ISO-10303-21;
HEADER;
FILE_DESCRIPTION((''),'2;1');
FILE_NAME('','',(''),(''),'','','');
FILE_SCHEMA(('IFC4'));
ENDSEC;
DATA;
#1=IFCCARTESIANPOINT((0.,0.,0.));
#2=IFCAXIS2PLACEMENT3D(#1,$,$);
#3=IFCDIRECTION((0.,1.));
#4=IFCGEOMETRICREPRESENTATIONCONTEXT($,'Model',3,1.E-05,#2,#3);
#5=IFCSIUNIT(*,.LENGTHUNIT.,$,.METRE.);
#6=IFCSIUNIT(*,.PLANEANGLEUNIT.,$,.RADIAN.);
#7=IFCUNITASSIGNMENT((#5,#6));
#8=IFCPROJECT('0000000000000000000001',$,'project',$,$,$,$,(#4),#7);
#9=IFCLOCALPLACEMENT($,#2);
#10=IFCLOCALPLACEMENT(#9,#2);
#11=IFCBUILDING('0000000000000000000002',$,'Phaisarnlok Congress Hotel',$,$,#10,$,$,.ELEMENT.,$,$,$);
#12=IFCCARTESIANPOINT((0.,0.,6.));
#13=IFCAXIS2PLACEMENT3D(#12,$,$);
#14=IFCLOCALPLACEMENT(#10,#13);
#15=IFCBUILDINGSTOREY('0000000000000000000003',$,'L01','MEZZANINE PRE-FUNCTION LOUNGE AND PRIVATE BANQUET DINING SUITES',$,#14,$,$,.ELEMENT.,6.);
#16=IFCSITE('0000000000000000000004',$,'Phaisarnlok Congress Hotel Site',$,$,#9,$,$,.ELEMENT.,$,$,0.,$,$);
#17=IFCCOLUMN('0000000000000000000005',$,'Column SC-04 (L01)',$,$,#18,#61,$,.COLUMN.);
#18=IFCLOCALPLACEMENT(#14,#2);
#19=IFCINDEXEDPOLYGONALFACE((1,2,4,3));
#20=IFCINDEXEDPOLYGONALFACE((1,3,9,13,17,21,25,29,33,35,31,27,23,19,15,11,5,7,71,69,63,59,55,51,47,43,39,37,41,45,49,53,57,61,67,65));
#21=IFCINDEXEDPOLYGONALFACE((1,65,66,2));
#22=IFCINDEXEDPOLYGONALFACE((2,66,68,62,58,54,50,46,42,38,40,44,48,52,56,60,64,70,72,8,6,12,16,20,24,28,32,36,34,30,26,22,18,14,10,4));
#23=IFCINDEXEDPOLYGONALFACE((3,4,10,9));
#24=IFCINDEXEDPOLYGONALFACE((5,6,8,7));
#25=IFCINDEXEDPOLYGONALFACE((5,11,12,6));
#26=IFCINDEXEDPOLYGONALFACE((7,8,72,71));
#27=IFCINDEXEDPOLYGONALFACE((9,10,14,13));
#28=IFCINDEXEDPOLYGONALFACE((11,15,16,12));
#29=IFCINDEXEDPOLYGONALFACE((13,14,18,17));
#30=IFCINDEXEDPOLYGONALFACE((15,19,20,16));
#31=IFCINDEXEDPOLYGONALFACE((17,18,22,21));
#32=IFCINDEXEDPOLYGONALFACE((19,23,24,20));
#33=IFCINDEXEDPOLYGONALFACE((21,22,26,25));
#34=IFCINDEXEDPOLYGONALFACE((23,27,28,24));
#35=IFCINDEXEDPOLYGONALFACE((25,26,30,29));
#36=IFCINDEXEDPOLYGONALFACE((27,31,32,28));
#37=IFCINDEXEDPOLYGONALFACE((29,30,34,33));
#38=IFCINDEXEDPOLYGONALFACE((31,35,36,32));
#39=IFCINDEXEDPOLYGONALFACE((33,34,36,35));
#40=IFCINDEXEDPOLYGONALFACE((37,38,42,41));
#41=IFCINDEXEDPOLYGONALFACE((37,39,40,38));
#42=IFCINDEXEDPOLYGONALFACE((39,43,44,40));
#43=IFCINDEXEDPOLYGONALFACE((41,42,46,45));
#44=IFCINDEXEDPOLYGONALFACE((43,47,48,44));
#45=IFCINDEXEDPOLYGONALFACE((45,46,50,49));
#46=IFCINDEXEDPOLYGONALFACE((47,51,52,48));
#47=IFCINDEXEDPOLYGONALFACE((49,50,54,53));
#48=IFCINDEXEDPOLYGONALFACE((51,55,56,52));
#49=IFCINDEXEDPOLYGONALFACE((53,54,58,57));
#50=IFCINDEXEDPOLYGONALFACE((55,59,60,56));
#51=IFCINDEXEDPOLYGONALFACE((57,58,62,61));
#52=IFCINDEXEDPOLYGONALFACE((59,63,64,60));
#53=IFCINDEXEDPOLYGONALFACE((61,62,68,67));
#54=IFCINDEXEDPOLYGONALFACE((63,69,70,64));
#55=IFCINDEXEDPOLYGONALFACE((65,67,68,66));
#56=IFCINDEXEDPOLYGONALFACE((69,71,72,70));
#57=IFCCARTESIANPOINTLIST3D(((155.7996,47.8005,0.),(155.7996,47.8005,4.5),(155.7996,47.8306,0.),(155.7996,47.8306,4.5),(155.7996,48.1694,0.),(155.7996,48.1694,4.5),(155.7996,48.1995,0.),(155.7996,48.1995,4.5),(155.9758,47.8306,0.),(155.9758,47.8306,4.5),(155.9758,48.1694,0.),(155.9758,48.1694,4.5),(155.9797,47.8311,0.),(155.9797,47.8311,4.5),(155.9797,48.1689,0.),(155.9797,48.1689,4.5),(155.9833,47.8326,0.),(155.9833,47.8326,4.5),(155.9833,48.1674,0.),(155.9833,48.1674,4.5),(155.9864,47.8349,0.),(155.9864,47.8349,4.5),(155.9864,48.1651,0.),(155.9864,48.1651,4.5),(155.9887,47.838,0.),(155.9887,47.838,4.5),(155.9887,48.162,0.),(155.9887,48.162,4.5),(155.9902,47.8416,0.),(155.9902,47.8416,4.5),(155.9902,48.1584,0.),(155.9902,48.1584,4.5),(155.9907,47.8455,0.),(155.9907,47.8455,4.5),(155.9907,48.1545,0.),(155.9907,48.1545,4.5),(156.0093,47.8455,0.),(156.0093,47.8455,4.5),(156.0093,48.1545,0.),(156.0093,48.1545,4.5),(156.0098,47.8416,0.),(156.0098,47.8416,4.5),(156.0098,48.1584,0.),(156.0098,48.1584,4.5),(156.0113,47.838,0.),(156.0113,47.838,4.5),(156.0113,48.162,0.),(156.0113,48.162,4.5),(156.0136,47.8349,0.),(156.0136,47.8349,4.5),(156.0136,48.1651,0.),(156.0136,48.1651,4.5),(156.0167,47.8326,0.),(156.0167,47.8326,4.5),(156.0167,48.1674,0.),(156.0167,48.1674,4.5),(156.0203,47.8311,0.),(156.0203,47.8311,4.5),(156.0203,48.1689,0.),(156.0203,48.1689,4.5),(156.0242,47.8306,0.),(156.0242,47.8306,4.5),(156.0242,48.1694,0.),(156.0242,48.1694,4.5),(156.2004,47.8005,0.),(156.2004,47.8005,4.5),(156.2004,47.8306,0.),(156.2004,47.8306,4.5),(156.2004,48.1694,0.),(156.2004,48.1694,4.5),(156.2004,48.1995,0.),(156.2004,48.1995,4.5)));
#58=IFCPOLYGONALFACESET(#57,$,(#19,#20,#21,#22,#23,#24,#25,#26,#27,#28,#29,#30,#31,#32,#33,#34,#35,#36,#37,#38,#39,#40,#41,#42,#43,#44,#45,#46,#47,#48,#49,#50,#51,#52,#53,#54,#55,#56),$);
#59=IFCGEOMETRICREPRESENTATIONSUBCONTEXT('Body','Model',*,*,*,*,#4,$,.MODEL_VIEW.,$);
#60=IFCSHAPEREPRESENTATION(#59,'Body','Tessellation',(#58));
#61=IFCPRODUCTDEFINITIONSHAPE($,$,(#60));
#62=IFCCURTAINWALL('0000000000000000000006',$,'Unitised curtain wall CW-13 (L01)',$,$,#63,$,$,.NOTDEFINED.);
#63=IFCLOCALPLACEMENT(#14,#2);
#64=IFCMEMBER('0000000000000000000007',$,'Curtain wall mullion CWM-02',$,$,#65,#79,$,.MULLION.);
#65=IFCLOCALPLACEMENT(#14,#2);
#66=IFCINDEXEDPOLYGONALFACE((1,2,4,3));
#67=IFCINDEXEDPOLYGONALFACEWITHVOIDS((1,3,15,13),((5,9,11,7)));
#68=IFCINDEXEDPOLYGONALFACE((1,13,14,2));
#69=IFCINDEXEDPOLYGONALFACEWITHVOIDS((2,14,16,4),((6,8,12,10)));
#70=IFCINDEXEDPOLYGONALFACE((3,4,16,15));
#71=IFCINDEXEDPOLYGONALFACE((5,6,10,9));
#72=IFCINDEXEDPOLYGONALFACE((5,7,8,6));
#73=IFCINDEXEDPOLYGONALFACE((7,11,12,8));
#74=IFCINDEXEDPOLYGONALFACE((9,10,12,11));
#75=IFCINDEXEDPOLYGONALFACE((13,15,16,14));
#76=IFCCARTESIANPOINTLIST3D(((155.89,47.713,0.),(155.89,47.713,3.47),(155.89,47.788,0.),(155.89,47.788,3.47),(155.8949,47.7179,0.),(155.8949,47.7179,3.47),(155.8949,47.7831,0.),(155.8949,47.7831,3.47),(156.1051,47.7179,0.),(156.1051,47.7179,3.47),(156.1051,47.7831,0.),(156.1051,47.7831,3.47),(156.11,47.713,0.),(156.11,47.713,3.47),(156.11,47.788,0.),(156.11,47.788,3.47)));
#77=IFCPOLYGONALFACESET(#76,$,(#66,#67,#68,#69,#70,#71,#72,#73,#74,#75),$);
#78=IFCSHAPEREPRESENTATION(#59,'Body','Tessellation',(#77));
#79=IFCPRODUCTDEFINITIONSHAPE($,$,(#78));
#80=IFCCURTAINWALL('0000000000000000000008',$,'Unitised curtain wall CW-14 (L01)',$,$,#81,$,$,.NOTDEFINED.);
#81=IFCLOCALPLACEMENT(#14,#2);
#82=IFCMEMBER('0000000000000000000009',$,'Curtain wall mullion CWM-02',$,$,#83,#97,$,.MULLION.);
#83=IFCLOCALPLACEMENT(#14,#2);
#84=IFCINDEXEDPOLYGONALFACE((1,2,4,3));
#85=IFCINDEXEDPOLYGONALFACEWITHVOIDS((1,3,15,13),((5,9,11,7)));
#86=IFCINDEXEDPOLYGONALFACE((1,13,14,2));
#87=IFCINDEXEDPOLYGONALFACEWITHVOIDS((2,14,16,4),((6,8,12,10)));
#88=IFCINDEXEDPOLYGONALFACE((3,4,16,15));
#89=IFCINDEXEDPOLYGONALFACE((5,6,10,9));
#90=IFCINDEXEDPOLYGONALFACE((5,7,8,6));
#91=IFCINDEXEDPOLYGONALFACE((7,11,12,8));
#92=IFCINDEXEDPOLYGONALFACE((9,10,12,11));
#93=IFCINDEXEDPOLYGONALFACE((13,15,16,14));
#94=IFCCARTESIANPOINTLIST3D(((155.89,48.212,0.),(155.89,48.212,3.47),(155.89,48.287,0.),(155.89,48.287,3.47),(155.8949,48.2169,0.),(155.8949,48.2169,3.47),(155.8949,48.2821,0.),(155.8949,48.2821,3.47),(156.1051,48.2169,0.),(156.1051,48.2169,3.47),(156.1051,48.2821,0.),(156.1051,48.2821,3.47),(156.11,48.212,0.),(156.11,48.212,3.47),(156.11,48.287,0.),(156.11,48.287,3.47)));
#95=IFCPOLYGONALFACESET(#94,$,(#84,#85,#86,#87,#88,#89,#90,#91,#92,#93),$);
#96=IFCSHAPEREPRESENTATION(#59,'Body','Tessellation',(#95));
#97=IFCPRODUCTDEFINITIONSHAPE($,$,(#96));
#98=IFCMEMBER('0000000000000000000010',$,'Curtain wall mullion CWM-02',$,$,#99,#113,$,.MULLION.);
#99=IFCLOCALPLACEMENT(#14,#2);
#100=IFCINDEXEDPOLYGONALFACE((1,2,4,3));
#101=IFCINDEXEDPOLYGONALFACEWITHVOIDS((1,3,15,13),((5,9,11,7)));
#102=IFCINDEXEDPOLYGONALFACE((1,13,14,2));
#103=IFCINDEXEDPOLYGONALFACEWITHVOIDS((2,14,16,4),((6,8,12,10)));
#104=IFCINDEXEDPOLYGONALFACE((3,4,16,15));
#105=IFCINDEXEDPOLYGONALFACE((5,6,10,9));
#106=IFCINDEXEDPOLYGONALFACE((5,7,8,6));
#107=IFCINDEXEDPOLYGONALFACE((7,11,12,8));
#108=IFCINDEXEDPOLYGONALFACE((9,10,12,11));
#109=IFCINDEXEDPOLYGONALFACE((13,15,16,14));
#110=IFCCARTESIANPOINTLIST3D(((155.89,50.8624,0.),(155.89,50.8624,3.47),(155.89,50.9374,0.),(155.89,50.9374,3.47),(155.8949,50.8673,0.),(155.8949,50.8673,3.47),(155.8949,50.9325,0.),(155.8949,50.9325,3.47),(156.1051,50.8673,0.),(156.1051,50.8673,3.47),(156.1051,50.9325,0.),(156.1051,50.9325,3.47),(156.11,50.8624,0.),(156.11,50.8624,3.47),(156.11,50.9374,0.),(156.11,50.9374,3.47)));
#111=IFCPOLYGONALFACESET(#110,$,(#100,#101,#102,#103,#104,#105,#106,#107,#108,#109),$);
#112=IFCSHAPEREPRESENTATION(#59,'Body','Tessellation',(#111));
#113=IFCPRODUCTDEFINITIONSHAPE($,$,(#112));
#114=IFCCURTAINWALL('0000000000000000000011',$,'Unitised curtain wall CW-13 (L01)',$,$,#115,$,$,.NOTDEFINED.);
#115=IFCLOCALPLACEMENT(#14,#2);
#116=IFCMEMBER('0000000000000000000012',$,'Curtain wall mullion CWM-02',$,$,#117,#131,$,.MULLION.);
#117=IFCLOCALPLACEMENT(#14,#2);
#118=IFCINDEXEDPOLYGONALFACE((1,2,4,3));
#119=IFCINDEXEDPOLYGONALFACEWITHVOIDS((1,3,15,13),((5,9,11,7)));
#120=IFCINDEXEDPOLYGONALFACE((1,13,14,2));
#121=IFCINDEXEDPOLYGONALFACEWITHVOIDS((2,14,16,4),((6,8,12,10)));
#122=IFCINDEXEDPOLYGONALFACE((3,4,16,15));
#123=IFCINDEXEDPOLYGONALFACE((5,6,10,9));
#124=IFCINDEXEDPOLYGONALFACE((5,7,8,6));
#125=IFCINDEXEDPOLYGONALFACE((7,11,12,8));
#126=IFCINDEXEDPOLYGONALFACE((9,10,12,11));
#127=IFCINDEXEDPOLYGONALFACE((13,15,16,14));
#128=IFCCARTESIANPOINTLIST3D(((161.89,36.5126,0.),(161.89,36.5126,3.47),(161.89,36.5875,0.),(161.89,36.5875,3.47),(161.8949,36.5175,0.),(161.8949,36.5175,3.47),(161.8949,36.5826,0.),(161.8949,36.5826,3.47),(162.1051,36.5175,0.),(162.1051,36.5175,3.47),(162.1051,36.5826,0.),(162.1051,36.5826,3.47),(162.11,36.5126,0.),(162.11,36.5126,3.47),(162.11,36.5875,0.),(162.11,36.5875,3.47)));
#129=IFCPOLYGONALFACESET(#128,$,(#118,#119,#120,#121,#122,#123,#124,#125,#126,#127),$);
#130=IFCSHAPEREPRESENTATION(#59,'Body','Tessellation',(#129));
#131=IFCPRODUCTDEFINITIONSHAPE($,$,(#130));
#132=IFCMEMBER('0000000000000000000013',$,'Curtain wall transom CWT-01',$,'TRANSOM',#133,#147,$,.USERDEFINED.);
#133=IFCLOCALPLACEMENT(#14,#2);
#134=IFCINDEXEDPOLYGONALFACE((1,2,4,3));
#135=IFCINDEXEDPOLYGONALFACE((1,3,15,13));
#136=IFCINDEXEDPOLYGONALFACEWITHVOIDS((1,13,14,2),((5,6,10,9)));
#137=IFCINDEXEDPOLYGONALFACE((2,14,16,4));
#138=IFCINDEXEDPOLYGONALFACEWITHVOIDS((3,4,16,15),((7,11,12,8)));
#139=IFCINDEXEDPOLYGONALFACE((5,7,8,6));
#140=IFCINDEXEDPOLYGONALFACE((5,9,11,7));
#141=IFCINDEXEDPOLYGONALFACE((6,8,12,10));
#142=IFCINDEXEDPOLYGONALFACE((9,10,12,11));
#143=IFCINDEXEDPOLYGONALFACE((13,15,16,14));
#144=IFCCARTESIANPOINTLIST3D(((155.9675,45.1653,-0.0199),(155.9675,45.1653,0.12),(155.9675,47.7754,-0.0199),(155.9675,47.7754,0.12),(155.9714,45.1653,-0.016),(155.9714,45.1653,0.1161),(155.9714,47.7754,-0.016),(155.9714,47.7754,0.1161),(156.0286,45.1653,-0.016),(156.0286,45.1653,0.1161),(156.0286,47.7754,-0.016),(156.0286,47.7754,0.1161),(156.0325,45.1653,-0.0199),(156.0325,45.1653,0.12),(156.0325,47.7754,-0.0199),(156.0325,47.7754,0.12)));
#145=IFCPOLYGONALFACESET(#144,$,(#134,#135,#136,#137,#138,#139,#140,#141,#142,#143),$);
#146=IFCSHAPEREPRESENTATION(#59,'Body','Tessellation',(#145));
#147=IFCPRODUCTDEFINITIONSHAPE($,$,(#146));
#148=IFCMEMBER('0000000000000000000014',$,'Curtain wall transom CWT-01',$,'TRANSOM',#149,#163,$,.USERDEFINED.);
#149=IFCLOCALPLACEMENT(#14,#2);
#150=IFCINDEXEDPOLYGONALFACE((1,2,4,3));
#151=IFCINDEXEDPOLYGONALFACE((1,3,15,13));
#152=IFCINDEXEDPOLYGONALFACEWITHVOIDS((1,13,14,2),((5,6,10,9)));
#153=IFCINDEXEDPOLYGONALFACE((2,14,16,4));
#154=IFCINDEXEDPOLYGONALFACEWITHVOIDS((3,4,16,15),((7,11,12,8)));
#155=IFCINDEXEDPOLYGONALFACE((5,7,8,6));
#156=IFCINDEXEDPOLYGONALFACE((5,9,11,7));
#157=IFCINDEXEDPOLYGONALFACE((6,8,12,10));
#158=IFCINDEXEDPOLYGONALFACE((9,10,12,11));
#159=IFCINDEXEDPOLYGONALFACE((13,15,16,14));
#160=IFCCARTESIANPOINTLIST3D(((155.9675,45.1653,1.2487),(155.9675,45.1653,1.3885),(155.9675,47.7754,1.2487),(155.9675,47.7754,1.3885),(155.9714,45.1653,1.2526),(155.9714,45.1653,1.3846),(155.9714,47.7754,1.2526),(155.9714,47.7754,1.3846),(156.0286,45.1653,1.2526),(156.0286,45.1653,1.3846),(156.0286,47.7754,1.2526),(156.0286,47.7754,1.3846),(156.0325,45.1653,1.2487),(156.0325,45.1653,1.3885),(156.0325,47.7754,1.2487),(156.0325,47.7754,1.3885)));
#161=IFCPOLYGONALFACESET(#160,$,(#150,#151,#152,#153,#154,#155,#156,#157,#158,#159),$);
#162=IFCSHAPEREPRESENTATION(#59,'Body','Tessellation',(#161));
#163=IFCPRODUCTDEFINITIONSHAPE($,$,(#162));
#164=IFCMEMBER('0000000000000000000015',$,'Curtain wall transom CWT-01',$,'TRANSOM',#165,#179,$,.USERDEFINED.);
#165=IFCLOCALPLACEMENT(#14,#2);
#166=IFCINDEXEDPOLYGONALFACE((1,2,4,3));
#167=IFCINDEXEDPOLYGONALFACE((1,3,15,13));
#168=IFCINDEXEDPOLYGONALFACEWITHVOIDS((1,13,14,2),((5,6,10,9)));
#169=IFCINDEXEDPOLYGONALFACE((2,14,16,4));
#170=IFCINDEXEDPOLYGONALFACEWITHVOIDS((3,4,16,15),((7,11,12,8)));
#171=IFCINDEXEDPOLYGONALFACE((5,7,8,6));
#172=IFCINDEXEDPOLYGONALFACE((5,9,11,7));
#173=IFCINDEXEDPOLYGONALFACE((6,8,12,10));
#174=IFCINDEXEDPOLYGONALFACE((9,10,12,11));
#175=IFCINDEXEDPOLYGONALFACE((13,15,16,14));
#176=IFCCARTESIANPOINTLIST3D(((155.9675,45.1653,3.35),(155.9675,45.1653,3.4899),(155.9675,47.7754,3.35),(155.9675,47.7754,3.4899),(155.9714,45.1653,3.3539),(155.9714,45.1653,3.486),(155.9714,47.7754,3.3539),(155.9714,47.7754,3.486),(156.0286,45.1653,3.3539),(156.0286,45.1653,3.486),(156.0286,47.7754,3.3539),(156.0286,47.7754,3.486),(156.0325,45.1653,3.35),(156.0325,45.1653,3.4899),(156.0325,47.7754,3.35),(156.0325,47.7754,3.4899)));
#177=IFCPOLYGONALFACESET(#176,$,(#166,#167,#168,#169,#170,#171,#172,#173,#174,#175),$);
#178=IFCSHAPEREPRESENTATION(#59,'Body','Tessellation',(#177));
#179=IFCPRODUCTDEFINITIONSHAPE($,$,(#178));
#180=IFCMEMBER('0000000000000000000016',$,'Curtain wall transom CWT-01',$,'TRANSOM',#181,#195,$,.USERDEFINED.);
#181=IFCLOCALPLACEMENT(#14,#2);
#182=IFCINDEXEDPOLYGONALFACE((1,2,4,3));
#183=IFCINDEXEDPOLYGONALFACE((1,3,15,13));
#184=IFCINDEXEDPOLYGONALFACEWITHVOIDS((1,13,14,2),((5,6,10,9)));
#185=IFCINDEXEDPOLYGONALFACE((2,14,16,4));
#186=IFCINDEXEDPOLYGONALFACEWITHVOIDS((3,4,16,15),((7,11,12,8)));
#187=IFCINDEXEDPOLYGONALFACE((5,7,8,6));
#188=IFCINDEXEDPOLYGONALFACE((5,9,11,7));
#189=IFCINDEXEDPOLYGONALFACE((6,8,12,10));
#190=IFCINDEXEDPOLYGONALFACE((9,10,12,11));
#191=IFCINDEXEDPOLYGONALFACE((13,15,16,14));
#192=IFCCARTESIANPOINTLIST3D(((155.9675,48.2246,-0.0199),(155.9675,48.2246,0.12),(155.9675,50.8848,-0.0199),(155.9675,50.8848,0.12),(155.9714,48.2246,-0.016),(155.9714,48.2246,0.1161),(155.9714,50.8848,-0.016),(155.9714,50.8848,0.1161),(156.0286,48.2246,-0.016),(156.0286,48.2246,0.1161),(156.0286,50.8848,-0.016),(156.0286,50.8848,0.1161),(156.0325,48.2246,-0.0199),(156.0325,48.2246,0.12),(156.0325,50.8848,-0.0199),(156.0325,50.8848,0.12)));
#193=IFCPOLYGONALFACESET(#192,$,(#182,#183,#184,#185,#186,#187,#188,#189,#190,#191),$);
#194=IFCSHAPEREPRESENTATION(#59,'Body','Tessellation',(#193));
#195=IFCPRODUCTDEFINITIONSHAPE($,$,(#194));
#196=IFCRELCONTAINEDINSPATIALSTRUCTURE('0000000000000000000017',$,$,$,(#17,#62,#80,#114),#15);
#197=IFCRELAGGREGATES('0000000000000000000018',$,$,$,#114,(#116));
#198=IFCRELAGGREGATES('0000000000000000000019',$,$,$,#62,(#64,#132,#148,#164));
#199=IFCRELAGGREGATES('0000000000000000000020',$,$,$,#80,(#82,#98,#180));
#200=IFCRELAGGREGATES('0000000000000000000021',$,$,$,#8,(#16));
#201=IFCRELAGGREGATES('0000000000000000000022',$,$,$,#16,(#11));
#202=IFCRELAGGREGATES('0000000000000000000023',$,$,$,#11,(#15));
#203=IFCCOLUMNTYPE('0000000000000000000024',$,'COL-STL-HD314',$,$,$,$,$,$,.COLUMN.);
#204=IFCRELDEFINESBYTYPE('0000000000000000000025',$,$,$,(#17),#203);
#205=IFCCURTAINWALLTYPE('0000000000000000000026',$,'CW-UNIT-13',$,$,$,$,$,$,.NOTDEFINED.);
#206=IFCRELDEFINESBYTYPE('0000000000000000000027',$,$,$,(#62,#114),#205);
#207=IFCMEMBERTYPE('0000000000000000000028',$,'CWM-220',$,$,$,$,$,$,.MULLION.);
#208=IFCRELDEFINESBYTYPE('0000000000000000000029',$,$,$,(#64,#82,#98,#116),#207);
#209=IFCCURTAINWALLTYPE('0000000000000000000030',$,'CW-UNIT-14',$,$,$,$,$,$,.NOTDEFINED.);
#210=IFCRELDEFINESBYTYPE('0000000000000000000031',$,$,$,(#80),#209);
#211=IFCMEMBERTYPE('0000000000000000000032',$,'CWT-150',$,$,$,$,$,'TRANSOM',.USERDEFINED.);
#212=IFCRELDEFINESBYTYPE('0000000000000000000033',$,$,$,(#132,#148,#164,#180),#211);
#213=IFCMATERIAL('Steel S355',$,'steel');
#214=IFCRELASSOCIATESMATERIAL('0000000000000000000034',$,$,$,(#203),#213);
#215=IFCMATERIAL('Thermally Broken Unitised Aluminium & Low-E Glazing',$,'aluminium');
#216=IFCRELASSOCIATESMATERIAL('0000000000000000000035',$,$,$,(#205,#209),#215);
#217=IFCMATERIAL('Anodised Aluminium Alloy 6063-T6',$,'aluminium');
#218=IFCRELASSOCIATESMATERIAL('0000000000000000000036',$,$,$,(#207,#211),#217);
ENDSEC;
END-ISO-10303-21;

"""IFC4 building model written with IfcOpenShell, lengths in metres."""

from ifc_helpers import new_model, si_unit, direction, frame, origin, origin_2d, place, context, subcontext, project, spatial, hollow_rectangle, i_section, extrude, material, material_profile, profile_set, type_object, element, aggregate, save


model = new_model("IFC4")

# Units and contexts
model_context = context("Model", 3, precision=1e-05, world=origin(), true_north=direction((0.0, 1.0)))
body_context = subcontext(model_context, "Body", "Model", "MODEL_VIEW")
ifc_project = project(units=[si_unit("LENGTHUNIT", "METRE"), si_unit("PLANEANGLEUNIT", "RADIAN")], contexts=[model_context])

# Site, building, storey
site_placement = place(None, origin())
site = spatial("IfcSite", under=ifc_project, at=site_placement, Name="Phaisarnlok Congress Hotel Site", CompositionType="ELEMENT", RefElevation=0.0)
building_placement = place(site_placement, origin())
building = spatial("IfcBuilding", under=site, at=building_placement, Name="Phaisarnlok Congress Hotel", CompositionType="ELEMENT")
storey_placement = place(building_placement, frame((0.0, 0.0, 6.0)))
storey = spatial("IfcBuildingStorey", under=building, at=storey_placement, Name="L01", Description="MEZZANINE PRE-FUNCTION LOUNGE AND PRIVATE BANQUET DINING SUITES", CompositionType="ELEMENT", Elevation=6.0)

# Column
ifc_material_1 = material(Name="Steel S355", Category="steel")
ifc_material_profile_1 = material_profile(ifc_material_1, i_section(OverallWidth=0.4009, OverallDepth=0.3989, WebThickness=0.0186, FlangeThickness=0.03, FilletRadius=0.0149, at=origin_2d()), Name="HD 400x314")
ifc_profile_set_1 = profile_set([ifc_material_profile_1], Name="Steel S355")
column_type = type_object("IfcColumnType", Name="COL-STL-HD314", PredefinedType="COLUMN", material=ifc_profile_set_1)
column_placement = place(storey_placement, frame((156.0, 48.0, 0.0), z_axis=(0.0, 0.0, 1.0), x_axis=(1.0, 0.0, 0.0)))
element("IfcColumn", 1, at=column_placement, inside=storey, type_object=column_type, Name="Column SC-04 (L01)", PredefinedType="COLUMN", context=body_context, shape_type="SweptSolid", body=[
    extrude(i_section(OverallWidth=0.4009, OverallDepth=0.3989, WebThickness=0.0186, FlangeThickness=0.03, FilletRadius=0.0149, at=origin_2d()), origin(), (0.0, 0.0, 1.0), 4.5),
])

# Curtain wall, member
ifc_material_2 = material(Name="Thermally Broken Unitised Aluminium & Low-E Glazing", Category="aluminium")
curtain_wall_type_1 = type_object("IfcCurtainWallType", Name="CW-UNIT-13", PredefinedType="NOTDEFINED", material=ifc_material_2)
curtain_wall_1_placement = place(storey_placement, origin())
curtain_wall_1 = element("IfcCurtainWall", 2, at=curtain_wall_1_placement, inside=storey, type_object=curtain_wall_type_1, Name="Unitised curtain wall CW-13 (L01)", PredefinedType="NOTDEFINED")
ifc_material_3 = material(Name="Anodised Aluminium Alloy 6063-T6", Category="aluminium")
ifc_material_profile_2 = material_profile(ifc_material_3, hollow_rectangle(XDim=0.075, YDim=0.22, WallThickness=0.0049, at=origin_2d()), Name="ALU-M 75x220x5")
ifc_profile_set_2 = profile_set([ifc_material_profile_2], Name="Anodised Aluminium Alloy 6063-T6")
member_type_1 = type_object("IfcMemberType", Name="CWM-220", PredefinedType="MULLION", material=ifc_profile_set_2)
member_1_placement = place(storey_placement, frame((156.0, 47.7505, 0.0), z_axis=(0.0, 0.0, 1.0), x_axis=(0.0, 1.0, 0.0)))
member_1 = element("IfcMember", 3, at=member_1_placement, type_object=member_type_1, Name="Curtain wall mullion CWM-02", PredefinedType="MULLION", context=body_context, shape_type="SweptSolid", body=[
    extrude(hollow_rectangle(XDim=0.075, YDim=0.22, WallThickness=0.0049, at=origin_2d()), origin(), (0.0, 0.0, 1.0), 3.47),
])

# Curtain wall, members
curtain_wall_type_2 = type_object("IfcCurtainWallType", Name="CW-UNIT-14", PredefinedType="NOTDEFINED", material=ifc_material_2)
curtain_wall_2_placement = place(storey_placement, origin())
curtain_wall_2 = element("IfcCurtainWall", 4, at=curtain_wall_2_placement, inside=storey, type_object=curtain_wall_type_2, Name="Unitised curtain wall CW-14 (L01)", PredefinedType="NOTDEFINED")
member_2_placement = place(storey_placement, frame((156.0, 48.2495, 0.0), z_axis=(0.0, 0.0, 1.0), x_axis=(0.0, 1.0, 0.0)))
member_2 = element("IfcMember", 5, at=member_2_placement, type_object=member_type_1, Name="Curtain wall mullion CWM-02", PredefinedType="MULLION", context=body_context, shape_type="SweptSolid", body=[
    extrude(hollow_rectangle(XDim=0.075, YDim=0.22, WallThickness=0.0049, at=origin_2d()), origin(), (0.0, 0.0, 1.0), 3.47),
])
member_3_placement = place(storey_placement, frame((156.0, 50.8999, 0.0), z_axis=(0.0, 0.0, 1.0), x_axis=(0.0, 1.0, 0.0)))
member_3 = element("IfcMember", 6, at=member_3_placement, type_object=member_type_1, Name="Curtain wall mullion CWM-02", PredefinedType="MULLION", context=body_context, shape_type="SweptSolid", body=[
    extrude(hollow_rectangle(XDim=0.075, YDim=0.22, WallThickness=0.0049, at=origin_2d()), origin(), (0.0, 0.0, 1.0), 3.47),
])

# Curtain wall, member
curtain_wall_3_placement = place(storey_placement, origin())
curtain_wall_3 = element("IfcCurtainWall", 7, at=curtain_wall_3_placement, inside=storey, type_object=curtain_wall_type_1, Name="Unitised curtain wall CW-13 (L01)", PredefinedType="NOTDEFINED")
member_4_placement = place(storey_placement, frame((162.0, 36.55, 0.0), z_axis=(0.0, 0.0, 1.0), x_axis=(0.0, -1.0, 0.0)))
member_4 = element("IfcMember", 8, at=member_4_placement, type_object=member_type_1, Name="Curtain wall mullion CWM-02", PredefinedType="MULLION", context=body_context, shape_type="SweptSolid", body=[
    extrude(hollow_rectangle(XDim=0.075, YDim=0.22, WallThickness=0.0049, at=origin_2d()), origin(), (0.0, 0.0, 1.0), 3.47),
])

# Members
ifc_material_profile_3 = material_profile(ifc_material_3, hollow_rectangle(XDim=0.0649, YDim=0.1399, WallThickness=0.0039, at=origin_2d()), Name="ALU-T 65x140x4")
ifc_profile_set_3 = profile_set([ifc_material_profile_3], Name="Anodised Aluminium Alloy 6063-T6")
member_type_2 = type_object("IfcMemberType", Name="CWT-150", ElementType="TRANSOM", PredefinedType="USERDEFINED", material=ifc_profile_set_3)
member_5_placement = place(storey_placement, frame((156.0, 45.1653, 0.05), z_axis=(0.0, 1.0, 0.0), x_axis=(-1.0, 0.0, 0.0)))
member_5 = element("IfcMember", 9, at=member_5_placement, type_object=member_type_2, Name="Curtain wall transom CWT-01", ObjectType="TRANSOM", PredefinedType="USERDEFINED", context=body_context, shape_type="SweptSolid", body=[
    extrude(hollow_rectangle(XDim=0.0649, YDim=0.1399, WallThickness=0.0039, at=origin_2d()), origin(), (0.0, 0.0, 1.0), 2.6101),
])
member_6_placement = place(storey_placement, frame((156.0, 45.1653, 1.3186), z_axis=(0.0, 1.0, 0.0), x_axis=(-1.0, 0.0, 0.0)))
member_6 = element("IfcMember", 10, at=member_6_placement, type_object=member_type_2, Name="Curtain wall transom CWT-01", ObjectType="TRANSOM", PredefinedType="USERDEFINED", context=body_context, shape_type="SweptSolid", body=[
    extrude(hollow_rectangle(XDim=0.0649, YDim=0.1399, WallThickness=0.0039, at=origin_2d()), origin(), (0.0, 0.0, 1.0), 2.6101),
])
member_7_placement = place(storey_placement, frame((156.0, 45.1653, 3.4199), z_axis=(0.0, 1.0, 0.0), x_axis=(-1.0, 0.0, 0.0)))
member_7 = element("IfcMember", 11, at=member_7_placement, type_object=member_type_2, Name="Curtain wall transom CWT-01", ObjectType="TRANSOM", PredefinedType="USERDEFINED", context=body_context, shape_type="SweptSolid", body=[
    extrude(hollow_rectangle(XDim=0.0649, YDim=0.1399, WallThickness=0.0039, at=origin_2d()), origin(), (0.0, 0.0, 1.0), 2.6101),
])
member_8_placement = place(storey_placement, frame((156.0, 48.2246, 0.05), z_axis=(0.0, 1.0, 0.0), x_axis=(-1.0, 0.0, 0.0)))
member_8 = element("IfcMember", 12, at=member_8_placement, type_object=member_type_2, Name="Curtain wall transom CWT-01", ObjectType="TRANSOM", PredefinedType="USERDEFINED", context=body_context, shape_type="SweptSolid", body=[
    extrude(hollow_rectangle(XDim=0.0649, YDim=0.1399, WallThickness=0.0039, at=origin_2d()), origin(), (0.0, 0.0, 1.0), 2.6602),
])
aggregate(curtain_wall_3, [member_4])

aggregate(curtain_wall_1, [member_1, member_5, member_6, member_7])
aggregate(curtain_wall_2, [member_2, member_3, member_8])

save(model, "model.ifc")
